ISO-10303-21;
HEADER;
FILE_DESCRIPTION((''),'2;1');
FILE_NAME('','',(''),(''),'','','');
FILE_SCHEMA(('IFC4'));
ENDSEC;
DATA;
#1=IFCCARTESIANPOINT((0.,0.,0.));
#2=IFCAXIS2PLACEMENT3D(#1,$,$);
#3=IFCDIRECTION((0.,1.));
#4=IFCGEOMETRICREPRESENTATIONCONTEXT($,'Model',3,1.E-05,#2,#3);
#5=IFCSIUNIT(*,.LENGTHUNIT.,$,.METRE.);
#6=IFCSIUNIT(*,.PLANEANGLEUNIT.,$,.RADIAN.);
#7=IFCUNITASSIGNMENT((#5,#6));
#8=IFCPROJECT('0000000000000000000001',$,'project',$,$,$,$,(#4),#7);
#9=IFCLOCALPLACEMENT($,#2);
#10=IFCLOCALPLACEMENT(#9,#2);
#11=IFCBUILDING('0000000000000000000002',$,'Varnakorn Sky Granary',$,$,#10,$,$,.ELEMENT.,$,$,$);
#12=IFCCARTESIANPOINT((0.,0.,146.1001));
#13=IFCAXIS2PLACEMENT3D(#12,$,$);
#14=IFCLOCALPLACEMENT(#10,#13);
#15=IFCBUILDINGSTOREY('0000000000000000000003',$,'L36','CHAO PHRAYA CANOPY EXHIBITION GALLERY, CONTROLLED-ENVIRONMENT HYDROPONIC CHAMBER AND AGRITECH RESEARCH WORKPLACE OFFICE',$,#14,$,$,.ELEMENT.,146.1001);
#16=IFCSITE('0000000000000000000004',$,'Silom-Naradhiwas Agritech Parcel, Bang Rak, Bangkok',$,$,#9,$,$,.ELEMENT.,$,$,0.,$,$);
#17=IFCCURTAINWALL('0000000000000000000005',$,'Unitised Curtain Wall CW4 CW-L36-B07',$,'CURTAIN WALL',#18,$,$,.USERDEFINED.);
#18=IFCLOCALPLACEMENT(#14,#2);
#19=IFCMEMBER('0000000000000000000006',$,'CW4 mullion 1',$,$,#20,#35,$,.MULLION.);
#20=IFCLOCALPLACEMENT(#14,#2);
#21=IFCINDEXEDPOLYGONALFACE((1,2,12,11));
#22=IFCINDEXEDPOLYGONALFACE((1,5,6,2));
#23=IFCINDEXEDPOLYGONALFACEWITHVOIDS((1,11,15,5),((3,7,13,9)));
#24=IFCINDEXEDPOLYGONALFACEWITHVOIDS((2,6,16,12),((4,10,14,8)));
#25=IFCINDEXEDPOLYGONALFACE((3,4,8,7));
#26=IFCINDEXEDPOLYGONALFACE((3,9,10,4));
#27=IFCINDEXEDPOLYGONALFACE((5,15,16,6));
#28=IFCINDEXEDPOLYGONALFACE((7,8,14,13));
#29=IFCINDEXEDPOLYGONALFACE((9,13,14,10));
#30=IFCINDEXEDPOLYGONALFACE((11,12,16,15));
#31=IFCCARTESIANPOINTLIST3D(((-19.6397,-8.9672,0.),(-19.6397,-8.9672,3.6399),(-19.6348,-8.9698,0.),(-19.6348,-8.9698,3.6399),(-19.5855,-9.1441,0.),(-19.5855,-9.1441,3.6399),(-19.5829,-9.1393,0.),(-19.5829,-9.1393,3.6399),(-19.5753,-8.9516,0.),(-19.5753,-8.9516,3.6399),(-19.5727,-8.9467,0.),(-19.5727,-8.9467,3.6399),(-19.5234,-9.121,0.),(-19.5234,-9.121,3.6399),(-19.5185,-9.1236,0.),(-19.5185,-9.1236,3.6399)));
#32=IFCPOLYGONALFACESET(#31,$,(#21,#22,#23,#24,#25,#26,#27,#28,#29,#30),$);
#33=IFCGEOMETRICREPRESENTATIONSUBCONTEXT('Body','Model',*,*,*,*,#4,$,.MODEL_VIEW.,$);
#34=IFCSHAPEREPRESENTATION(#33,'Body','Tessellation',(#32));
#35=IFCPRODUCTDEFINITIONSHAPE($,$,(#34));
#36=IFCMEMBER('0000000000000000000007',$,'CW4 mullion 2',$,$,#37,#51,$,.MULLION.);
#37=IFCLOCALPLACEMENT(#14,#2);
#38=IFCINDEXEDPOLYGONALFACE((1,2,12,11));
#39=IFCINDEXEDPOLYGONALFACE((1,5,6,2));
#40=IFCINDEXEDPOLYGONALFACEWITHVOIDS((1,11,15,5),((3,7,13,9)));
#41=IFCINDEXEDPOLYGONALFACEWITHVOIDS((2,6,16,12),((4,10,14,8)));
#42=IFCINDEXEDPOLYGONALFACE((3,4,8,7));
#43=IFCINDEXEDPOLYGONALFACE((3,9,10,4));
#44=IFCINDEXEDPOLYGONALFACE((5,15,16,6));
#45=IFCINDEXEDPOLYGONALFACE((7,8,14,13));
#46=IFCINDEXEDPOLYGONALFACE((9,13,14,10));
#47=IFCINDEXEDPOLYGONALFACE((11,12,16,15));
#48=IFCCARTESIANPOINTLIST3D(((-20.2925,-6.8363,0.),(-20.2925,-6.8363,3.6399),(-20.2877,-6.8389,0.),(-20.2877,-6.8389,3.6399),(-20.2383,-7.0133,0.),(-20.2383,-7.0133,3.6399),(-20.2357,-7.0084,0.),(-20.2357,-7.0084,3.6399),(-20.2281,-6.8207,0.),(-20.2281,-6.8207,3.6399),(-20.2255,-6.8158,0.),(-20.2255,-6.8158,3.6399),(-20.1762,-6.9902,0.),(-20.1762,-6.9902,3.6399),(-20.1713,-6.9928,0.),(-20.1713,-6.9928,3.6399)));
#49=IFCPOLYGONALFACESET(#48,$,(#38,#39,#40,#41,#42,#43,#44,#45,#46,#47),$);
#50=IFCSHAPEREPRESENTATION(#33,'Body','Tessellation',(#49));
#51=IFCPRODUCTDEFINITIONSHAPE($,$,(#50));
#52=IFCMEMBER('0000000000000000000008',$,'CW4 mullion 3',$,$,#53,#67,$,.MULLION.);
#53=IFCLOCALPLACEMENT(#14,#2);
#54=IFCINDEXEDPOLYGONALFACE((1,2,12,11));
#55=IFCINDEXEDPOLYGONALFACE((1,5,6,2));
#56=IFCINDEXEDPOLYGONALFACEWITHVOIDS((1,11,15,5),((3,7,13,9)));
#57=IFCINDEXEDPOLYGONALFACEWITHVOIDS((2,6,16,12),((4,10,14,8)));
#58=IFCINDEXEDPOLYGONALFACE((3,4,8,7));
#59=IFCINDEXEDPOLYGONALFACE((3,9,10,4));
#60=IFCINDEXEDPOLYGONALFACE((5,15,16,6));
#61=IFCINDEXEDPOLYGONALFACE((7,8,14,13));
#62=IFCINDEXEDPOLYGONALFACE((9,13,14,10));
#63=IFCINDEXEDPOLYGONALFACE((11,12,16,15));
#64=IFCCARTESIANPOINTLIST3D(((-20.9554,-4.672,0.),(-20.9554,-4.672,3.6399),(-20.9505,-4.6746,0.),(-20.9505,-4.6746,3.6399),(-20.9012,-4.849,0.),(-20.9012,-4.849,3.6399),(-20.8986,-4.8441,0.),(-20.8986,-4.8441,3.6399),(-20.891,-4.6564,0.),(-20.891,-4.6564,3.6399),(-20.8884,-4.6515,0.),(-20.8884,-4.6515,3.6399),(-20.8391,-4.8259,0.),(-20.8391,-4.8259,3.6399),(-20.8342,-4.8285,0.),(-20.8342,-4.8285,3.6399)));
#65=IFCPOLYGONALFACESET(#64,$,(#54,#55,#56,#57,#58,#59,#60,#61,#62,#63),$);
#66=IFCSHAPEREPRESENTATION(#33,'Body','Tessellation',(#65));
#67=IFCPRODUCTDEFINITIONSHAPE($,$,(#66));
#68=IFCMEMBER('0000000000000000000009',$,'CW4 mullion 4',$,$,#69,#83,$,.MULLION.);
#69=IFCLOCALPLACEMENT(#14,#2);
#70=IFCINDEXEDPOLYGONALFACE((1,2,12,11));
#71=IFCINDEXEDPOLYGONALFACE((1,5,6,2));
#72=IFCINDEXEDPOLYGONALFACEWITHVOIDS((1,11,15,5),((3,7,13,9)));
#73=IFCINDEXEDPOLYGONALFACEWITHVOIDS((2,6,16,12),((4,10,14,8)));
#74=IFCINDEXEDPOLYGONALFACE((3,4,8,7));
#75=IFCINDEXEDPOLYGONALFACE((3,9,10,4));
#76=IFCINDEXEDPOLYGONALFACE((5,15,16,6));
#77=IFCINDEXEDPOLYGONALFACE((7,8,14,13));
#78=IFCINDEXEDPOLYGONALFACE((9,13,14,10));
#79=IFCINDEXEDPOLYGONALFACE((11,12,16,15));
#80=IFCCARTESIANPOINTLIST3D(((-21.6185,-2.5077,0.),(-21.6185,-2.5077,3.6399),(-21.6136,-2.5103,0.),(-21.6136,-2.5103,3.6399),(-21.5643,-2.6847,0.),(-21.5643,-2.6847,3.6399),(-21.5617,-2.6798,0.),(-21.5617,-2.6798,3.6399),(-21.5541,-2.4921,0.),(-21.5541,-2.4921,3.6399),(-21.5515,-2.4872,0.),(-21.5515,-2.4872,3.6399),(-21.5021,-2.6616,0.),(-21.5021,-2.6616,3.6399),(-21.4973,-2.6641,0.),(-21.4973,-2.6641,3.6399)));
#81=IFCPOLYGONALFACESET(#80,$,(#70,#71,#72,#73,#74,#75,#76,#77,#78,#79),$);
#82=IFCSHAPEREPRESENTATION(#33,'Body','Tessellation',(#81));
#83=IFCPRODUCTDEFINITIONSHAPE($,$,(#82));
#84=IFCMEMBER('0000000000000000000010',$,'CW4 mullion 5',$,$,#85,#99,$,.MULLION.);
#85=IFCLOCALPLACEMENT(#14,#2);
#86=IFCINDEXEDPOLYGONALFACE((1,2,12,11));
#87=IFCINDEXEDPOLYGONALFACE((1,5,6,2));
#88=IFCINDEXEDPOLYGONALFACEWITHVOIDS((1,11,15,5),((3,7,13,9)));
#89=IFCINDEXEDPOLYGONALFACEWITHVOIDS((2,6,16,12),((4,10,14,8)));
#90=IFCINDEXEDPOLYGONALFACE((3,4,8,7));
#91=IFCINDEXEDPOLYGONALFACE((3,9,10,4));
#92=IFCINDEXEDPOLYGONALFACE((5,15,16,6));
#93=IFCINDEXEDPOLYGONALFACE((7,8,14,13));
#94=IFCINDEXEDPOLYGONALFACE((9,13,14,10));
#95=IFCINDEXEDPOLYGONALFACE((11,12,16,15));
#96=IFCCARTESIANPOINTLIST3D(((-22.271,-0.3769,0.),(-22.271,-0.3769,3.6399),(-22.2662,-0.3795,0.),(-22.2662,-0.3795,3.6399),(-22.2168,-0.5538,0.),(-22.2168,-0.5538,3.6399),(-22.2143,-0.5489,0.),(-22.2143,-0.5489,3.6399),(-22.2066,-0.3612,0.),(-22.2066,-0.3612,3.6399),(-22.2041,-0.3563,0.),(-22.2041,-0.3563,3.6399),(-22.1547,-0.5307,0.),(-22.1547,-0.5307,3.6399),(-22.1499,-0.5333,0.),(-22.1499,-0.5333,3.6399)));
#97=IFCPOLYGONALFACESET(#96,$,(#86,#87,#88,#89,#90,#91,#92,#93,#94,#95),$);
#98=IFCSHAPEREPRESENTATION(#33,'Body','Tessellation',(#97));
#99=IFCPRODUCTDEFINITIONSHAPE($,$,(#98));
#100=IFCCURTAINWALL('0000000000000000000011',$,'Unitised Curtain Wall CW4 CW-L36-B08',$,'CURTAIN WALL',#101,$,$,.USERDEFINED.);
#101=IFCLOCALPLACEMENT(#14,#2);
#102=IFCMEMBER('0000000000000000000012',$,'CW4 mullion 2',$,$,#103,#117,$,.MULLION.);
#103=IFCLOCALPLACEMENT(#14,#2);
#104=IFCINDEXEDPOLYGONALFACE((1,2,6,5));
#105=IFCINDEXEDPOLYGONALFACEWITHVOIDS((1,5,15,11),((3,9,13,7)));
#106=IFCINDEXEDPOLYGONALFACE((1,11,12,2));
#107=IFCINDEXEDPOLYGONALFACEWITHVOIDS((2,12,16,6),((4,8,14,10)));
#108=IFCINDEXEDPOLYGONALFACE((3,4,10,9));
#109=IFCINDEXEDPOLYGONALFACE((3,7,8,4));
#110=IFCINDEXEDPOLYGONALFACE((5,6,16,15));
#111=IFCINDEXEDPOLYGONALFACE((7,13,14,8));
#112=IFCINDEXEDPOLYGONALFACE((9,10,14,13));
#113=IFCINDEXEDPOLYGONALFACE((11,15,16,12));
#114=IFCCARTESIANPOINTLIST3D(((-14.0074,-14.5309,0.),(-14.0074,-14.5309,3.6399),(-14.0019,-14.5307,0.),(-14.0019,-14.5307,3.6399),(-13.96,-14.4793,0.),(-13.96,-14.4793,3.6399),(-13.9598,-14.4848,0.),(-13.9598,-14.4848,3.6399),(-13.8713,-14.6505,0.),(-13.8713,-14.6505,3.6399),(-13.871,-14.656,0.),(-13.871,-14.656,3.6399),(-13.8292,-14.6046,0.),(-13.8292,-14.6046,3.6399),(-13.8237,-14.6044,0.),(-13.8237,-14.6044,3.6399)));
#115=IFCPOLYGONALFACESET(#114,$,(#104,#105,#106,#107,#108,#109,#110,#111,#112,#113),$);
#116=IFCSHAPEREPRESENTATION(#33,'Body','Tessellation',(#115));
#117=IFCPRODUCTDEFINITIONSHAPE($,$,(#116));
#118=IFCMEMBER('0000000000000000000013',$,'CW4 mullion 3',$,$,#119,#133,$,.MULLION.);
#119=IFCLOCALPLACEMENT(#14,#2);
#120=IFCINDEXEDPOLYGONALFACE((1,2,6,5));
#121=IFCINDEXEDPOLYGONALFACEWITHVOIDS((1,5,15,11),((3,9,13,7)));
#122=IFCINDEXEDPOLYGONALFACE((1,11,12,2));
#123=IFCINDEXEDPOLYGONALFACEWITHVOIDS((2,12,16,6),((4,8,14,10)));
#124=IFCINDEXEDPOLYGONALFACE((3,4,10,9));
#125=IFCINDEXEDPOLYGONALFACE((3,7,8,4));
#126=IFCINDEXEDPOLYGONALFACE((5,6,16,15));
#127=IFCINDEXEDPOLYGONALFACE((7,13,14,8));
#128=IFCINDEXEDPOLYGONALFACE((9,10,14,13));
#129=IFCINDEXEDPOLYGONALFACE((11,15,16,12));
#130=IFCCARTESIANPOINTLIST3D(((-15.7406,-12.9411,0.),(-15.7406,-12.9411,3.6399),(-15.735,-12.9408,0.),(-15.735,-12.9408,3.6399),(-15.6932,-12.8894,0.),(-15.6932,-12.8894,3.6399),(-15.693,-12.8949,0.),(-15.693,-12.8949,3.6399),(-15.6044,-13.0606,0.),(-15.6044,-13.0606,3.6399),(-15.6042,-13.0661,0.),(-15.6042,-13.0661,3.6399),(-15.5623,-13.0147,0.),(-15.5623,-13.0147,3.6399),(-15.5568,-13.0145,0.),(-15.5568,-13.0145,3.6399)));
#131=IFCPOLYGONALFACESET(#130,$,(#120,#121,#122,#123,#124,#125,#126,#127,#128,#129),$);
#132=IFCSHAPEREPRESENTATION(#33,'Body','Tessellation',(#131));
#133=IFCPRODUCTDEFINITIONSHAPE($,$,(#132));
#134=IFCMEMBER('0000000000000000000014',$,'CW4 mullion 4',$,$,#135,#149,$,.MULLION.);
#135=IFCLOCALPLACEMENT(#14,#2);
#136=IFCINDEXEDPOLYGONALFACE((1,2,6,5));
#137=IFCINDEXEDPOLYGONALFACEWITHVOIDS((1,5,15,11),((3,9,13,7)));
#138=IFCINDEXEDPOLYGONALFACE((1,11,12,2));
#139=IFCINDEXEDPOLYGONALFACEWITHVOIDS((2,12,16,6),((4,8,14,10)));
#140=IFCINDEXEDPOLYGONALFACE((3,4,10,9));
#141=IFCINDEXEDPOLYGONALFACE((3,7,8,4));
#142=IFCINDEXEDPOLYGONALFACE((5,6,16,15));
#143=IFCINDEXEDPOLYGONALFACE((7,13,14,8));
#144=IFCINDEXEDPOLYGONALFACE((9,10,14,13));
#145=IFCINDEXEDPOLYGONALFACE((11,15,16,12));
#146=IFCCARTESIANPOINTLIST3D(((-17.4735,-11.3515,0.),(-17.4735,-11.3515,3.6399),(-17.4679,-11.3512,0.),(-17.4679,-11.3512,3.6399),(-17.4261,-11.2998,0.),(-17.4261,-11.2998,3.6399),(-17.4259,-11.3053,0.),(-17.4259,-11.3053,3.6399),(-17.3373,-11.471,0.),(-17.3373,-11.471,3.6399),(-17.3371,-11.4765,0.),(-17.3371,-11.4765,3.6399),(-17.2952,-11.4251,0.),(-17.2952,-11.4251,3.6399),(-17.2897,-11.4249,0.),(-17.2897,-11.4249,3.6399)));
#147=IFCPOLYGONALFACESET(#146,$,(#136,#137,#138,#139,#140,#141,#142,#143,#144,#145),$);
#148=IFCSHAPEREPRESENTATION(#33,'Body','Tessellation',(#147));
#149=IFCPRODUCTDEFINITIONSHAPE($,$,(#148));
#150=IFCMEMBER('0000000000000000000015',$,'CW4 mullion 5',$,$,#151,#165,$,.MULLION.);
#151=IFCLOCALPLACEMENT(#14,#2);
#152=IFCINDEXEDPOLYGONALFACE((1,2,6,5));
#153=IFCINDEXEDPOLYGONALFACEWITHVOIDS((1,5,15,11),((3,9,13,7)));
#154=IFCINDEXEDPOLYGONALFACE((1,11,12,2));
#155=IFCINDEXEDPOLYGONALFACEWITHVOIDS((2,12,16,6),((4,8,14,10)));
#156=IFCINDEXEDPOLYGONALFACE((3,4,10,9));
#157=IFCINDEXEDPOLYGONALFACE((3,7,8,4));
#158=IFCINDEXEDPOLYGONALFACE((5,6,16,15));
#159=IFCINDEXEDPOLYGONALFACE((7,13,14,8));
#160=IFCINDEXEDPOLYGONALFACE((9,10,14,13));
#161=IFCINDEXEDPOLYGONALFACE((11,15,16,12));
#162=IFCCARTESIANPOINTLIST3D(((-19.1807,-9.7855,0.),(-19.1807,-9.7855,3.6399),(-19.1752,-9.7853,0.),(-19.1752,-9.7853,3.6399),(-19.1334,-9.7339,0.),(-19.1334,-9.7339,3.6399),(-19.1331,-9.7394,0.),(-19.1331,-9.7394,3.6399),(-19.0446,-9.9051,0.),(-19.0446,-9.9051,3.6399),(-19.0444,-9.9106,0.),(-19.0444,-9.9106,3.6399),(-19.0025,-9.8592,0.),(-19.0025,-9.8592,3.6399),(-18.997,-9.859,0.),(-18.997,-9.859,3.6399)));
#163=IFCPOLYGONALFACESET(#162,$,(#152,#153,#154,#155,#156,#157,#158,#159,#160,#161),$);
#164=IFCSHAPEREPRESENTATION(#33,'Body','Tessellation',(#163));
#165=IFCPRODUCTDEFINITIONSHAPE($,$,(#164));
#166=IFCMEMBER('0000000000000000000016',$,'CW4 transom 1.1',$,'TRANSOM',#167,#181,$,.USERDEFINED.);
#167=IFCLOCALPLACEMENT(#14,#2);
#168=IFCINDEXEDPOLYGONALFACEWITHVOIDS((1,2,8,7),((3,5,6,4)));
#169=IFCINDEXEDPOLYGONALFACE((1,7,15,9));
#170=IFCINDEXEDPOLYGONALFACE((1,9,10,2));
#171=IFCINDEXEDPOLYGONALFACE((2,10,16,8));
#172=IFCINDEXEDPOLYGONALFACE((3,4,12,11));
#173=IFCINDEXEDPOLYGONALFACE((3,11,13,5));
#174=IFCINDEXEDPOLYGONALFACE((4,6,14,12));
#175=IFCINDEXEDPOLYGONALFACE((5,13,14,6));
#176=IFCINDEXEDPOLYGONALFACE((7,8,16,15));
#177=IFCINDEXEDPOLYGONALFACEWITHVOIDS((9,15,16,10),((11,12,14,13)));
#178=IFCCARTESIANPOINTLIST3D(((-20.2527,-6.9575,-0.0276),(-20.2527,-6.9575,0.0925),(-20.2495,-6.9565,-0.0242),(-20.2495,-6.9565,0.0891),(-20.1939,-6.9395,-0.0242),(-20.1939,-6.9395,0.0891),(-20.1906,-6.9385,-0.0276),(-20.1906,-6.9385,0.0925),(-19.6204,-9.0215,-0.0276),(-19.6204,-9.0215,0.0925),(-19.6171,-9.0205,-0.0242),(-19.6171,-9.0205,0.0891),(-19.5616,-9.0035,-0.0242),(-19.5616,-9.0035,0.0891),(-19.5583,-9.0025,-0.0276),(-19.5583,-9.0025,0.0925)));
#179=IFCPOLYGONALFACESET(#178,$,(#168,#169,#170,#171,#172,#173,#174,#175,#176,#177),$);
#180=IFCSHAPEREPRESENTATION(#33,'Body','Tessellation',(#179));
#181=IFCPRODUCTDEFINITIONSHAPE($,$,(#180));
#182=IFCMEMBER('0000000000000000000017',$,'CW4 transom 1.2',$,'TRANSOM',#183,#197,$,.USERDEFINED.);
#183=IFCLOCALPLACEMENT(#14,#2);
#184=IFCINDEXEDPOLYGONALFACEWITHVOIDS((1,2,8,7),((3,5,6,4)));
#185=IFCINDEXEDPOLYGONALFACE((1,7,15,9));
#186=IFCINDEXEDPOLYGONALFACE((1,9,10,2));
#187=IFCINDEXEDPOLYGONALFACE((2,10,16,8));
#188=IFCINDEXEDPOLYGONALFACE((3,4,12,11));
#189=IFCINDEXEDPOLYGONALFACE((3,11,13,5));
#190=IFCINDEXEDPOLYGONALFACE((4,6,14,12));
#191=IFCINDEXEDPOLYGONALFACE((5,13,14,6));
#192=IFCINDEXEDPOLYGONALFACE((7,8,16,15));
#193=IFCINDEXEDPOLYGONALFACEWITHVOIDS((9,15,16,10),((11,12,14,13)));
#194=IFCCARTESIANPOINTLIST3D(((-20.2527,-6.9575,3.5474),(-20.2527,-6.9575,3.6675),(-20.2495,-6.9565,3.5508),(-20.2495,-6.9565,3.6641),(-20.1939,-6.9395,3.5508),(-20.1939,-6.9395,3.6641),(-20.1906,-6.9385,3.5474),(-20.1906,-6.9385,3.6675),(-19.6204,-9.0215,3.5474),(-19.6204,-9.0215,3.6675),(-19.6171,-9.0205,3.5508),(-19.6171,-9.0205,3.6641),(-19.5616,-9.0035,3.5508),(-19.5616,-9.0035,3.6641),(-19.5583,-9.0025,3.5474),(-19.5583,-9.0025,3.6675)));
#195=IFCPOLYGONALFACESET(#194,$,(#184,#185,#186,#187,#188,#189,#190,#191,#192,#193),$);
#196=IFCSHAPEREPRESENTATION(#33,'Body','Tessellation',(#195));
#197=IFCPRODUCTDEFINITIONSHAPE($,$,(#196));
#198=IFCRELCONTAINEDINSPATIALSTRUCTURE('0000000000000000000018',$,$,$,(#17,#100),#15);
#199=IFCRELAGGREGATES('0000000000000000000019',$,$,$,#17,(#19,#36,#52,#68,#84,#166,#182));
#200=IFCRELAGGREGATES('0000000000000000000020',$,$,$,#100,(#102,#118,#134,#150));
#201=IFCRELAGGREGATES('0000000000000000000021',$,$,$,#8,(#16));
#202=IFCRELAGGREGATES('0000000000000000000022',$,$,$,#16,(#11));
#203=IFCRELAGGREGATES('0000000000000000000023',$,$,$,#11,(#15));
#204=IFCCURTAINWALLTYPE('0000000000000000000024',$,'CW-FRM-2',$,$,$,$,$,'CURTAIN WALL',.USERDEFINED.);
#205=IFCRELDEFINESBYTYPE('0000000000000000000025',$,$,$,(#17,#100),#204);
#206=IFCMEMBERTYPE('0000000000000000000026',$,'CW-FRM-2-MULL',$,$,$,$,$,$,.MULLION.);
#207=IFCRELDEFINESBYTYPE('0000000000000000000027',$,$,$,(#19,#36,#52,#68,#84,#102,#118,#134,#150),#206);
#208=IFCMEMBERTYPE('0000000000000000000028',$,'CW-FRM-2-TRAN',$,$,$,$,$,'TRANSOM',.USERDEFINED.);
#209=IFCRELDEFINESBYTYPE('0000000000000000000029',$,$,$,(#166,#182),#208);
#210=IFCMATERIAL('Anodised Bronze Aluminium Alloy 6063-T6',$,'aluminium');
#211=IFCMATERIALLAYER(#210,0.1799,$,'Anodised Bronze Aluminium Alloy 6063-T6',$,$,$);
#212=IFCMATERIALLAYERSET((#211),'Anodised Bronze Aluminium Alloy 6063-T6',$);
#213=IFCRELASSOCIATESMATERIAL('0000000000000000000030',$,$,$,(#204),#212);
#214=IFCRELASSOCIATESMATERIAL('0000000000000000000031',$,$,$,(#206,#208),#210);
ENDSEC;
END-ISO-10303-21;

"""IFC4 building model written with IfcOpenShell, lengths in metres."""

from ifc_helpers import new_model, si_unit, direction, frame, origin, origin_2d, place, context, subcontext, project, spatial, hollow_rectangle, extrude, material, layer, layer_set, material_profile, profile_set, type_object, element, aggregate, save


model = new_model("IFC4")

# Units and contexts
model_context = context("Model", 3, precision=1e-05, world=origin(), true_north=direction((0.0, 1.0)))
body_context = subcontext(model_context, "Body", "Model", "MODEL_VIEW")
ifc_project = project(units=[si_unit("LENGTHUNIT", "METRE"), si_unit("PLANEANGLEUNIT", "RADIAN")], contexts=[model_context])

# Site, building, storey
site_placement = place(None, origin())
site = spatial("IfcSite", under=ifc_project, at=site_placement, Name="Silom-Naradhiwas Agritech Parcel, Bang Rak, Bangkok", CompositionType="ELEMENT", RefElevation=0.0)
building_placement = place(site_placement, origin())
building = spatial("IfcBuilding", under=site, at=building_placement, Name="Varnakorn Sky Granary", CompositionType="ELEMENT")
storey_placement = place(building_placement, frame((0.0, 0.0, 146.1001)))
storey = spatial("IfcBuildingStorey", under=building, at=storey_placement, Name="L36", Description="CHAO PHRAYA CANOPY EXHIBITION GALLERY, CONTROLLED-ENVIRONMENT HYDROPONIC CHAMBER AND AGRITECH RESEARCH WORKPLACE OFFICE", CompositionType="ELEMENT", Elevation=146.1001)

# Curtain walls, members
ifc_material_1 = material(Name="Anodised Bronze Aluminium Alloy 6063-T6", Category="aluminium")
ifc_layer_1 = layer(ifc_material_1, 0.1799, Name="Anodised Bronze Aluminium Alloy 6063-T6")
ifc_layer_set_1 = layer_set([ifc_layer_1], Name="Anodised Bronze Aluminium Alloy 6063-T6")
curtain_wall_type = type_object("IfcCurtainWallType", Name="CW-FRM-2", ElementType="CURTAIN WALL", PredefinedType="USERDEFINED", material=ifc_layer_set_1)
curtain_wall_1_placement = place(storey_placement, origin())
curtain_wall_1 = element("IfcCurtainWall", 1, at=curtain_wall_1_placement, inside=storey, type_object=curtain_wall_type, Name="Unitised Curtain Wall CW4 CW-L36-B07", ObjectType="CURTAIN WALL", PredefinedType="USERDEFINED")
ifc_material_profile_1 = material_profile(ifc_material_1, hollow_rectangle(XDim=0.0701, YDim=0.1851, WallThickness=0.0039, at=origin_2d()), Name="ALU MULL 70x185")
ifc_profile_set_1 = profile_set([ifc_material_profile_1], Name="Anodised Bronze Aluminium Alloy 6063-T6")
member_type_1 = type_object("IfcMemberType", Name="CW-FRM-2-MULL", PredefinedType="MULLION", material=ifc_profile_set_1)
member_1_placement = place(storey_placement, frame((-19.5791, -9.0454, 0.0), z_axis=(0.0, 0.0, 1.0), x_axis=(-0.956145, -0.292893, 0.0)))
member_1 = element("IfcMember", 2, at=member_1_placement, type_object=member_type_1, Name="CW4 mullion 1", PredefinedType="MULLION", context=body_context, shape_type="SweptSolid", body=[
    extrude(hollow_rectangle(XDim=0.0701, YDim=0.1851, WallThickness=0.0039, at=origin_2d()), origin(), (0.0, 0.0, 1.0), 3.6399),
])
member_2_placement = place(storey_placement, frame((-20.2319, -6.9146, 0.0), z_axis=(0.0, 0.0, 1.0), x_axis=(-0.956145, -0.292893, 0.0)))
member_2 = element("IfcMember", 3, at=member_2_placement, type_object=member_type_1, Name="CW4 mullion 2", PredefinedType="MULLION", context=body_context, shape_type="SweptSolid", body=[
    extrude(hollow_rectangle(XDim=0.0701, YDim=0.1851, WallThickness=0.0039, at=origin_2d()), origin(), (0.0, 0.0, 1.0), 3.6399),
])
member_3_placement = place(storey_placement, frame((-20.8948, -4.7502, 0.0), z_axis=(0.0, 0.0, 1.0), x_axis=(-0.956145, -0.292893, 0.0)))
member_3 = element("IfcMember", 4, at=member_3_placement, type_object=member_type_1, Name="CW4 mullion 3", PredefinedType="MULLION", context=body_context, shape_type="SweptSolid", body=[
    extrude(hollow_rectangle(XDim=0.0701, YDim=0.1851, WallThickness=0.0039, at=origin_2d()), origin(), (0.0, 0.0, 1.0), 3.6399),
])
member_4_placement = place(storey_placement, frame((-21.5579, -2.5859, 0.0), z_axis=(0.0, 0.0, 1.0), x_axis=(-0.956145, -0.292893, 0.0)))
member_4 = element("IfcMember", 5, at=member_4_placement, type_object=member_type_1, Name="CW4 mullion 4", PredefinedType="MULLION", context=body_context, shape_type="SweptSolid", body=[
    extrude(hollow_rectangle(XDim=0.0701, YDim=0.1851, WallThickness=0.0039, at=origin_2d()), origin(), (0.0, 0.0, 1.0), 3.6399),
])
member_5_placement = place(storey_placement, frame((-22.2104, -0.4551, 0.0), z_axis=(0.0, 0.0, 1.0), x_axis=(-0.956145, -0.292893, 0.0)))
member_5 = element("IfcMember", 6, at=member_5_placement, type_object=member_type_1, Name="CW4 mullion 5", PredefinedType="MULLION", context=body_context, shape_type="SweptSolid", body=[
    extrude(hollow_rectangle(XDim=0.0701, YDim=0.1851, WallThickness=0.0039, at=origin_2d()), origin(), (0.0, 0.0, 1.0), 3.6399),
])
curtain_wall_2_placement = place(storey_placement, origin())
curtain_wall_2 = element("IfcCurtainWall", 7, at=curtain_wall_2_placement, inside=storey, type_object=curtain_wall_type, Name="Unitised Curtain Wall CW4 CW-L36-B08", ObjectType="CURTAIN WALL", PredefinedType="USERDEFINED")
member_6_placement = place(storey_placement, frame((-13.9155, -14.5676, 0.0), z_axis=(0.0, 0.0, 1.0), x_axis=(-0.67596, -0.736938, 0.0)))
member_6 = element("IfcMember", 8, at=member_6_placement, type_object=member_type_1, Name="CW4 mullion 2", PredefinedType="MULLION", context=body_context, shape_type="SweptSolid", body=[
    extrude(hollow_rectangle(XDim=0.0701, YDim=0.1851, WallThickness=0.0039, at=origin_2d()), origin(), (0.0, 0.0, 1.0), 3.6399),
])
member_7_placement = place(storey_placement, frame((-15.6487, -12.9778, 0.0), z_axis=(0.0, 0.0, 1.0), x_axis=(-0.67596, -0.736938, 0.0)))
member_7 = element("IfcMember", 9, at=member_7_placement, type_object=member_type_1, Name="CW4 mullion 3", PredefinedType="MULLION", context=body_context, shape_type="SweptSolid", body=[
    extrude(hollow_rectangle(XDim=0.0701, YDim=0.1851, WallThickness=0.0039, at=origin_2d()), origin(), (0.0, 0.0, 1.0), 3.6399),
])
member_8_placement = place(storey_placement, frame((-17.3816, -11.3882, 0.0), z_axis=(0.0, 0.0, 1.0), x_axis=(-0.67596, -0.736938, 0.0)))
member_8 = element("IfcMember", 10, at=member_8_placement, type_object=member_type_1, Name="CW4 mullion 4", PredefinedType="MULLION", context=body_context, shape_type="SweptSolid", body=[
    extrude(hollow_rectangle(XDim=0.0701, YDim=0.1851, WallThickness=0.0039, at=origin_2d()), origin(), (0.0, 0.0, 1.0), 3.6399),
])
member_9_placement = place(storey_placement, frame((-19.0889, -9.8223, 0.0), z_axis=(0.0, 0.0, 1.0), x_axis=(-0.67596, -0.736938, 0.0)))
member_9 = element("IfcMember", 11, at=member_9_placement, type_object=member_type_1, Name="CW4 mullion 5", PredefinedType="MULLION", context=body_context, shape_type="SweptSolid", body=[
    extrude(hollow_rectangle(XDim=0.0701, YDim=0.1851, WallThickness=0.0039, at=origin_2d()), origin(), (0.0, 0.0, 1.0), 3.6399),
])

# Members
ifc_material_profile_2 = material_profile(ifc_material_1, hollow_rectangle(XDim=0.0649, YDim=0.1201, WallThickness=0.0034, at=origin_2d()), Name="ALU TRAN 65x120")
ifc_profile_set_2 = profile_set([ifc_material_profile_2], Name="Anodised Bronze Aluminium Alloy 6063-T6")
member_type_2 = type_object("IfcMemberType", Name="CW-FRM-2-TRAN", ElementType="TRANSOM", PredefinedType="USERDEFINED", material=ifc_profile_set_2)
member_10_placement = place(storey_placement, frame((-19.5894, -9.012, 0.0325), z_axis=(-0.292925, 0.956135, 0.0), x_axis=(-0.956135, -0.292925, 0.0)))
member_10 = element("IfcMember", 12, at=member_10_placement, type_object=member_type_2, Name="CW4 transom 1.1", ObjectType="TRANSOM", PredefinedType="USERDEFINED", context=body_context, shape_type="SweptSolid", body=[
    extrude(hollow_rectangle(XDim=0.0649, YDim=0.1201, WallThickness=0.0034, at=origin_2d()), origin(), (0.0, 0.0, 1.0), 2.1587),
])
member_11_placement = place(storey_placement, frame((-19.5894, -9.012, 3.6074), z_axis=(-0.292925, 0.956135, 0.0), x_axis=(-0.956135, -0.292925, 0.0)))
member_11 = element("IfcMember", 13, at=member_11_placement, type_object=member_type_2, Name="CW4 transom 1.2", ObjectType="TRANSOM", PredefinedType="USERDEFINED", context=body_context, shape_type="SweptSolid", body=[
    extrude(hollow_rectangle(XDim=0.0649, YDim=0.1201, WallThickness=0.0034, at=origin_2d()), origin(), (0.0, 0.0, 1.0), 2.1587),
])

aggregate(curtain_wall_1, [member_1, member_2, member_3, member_4, member_5, member_10, member_11])
aggregate(curtain_wall_2, [member_6, member_7, member_8, member_9])

save(model, "model.ifc")
